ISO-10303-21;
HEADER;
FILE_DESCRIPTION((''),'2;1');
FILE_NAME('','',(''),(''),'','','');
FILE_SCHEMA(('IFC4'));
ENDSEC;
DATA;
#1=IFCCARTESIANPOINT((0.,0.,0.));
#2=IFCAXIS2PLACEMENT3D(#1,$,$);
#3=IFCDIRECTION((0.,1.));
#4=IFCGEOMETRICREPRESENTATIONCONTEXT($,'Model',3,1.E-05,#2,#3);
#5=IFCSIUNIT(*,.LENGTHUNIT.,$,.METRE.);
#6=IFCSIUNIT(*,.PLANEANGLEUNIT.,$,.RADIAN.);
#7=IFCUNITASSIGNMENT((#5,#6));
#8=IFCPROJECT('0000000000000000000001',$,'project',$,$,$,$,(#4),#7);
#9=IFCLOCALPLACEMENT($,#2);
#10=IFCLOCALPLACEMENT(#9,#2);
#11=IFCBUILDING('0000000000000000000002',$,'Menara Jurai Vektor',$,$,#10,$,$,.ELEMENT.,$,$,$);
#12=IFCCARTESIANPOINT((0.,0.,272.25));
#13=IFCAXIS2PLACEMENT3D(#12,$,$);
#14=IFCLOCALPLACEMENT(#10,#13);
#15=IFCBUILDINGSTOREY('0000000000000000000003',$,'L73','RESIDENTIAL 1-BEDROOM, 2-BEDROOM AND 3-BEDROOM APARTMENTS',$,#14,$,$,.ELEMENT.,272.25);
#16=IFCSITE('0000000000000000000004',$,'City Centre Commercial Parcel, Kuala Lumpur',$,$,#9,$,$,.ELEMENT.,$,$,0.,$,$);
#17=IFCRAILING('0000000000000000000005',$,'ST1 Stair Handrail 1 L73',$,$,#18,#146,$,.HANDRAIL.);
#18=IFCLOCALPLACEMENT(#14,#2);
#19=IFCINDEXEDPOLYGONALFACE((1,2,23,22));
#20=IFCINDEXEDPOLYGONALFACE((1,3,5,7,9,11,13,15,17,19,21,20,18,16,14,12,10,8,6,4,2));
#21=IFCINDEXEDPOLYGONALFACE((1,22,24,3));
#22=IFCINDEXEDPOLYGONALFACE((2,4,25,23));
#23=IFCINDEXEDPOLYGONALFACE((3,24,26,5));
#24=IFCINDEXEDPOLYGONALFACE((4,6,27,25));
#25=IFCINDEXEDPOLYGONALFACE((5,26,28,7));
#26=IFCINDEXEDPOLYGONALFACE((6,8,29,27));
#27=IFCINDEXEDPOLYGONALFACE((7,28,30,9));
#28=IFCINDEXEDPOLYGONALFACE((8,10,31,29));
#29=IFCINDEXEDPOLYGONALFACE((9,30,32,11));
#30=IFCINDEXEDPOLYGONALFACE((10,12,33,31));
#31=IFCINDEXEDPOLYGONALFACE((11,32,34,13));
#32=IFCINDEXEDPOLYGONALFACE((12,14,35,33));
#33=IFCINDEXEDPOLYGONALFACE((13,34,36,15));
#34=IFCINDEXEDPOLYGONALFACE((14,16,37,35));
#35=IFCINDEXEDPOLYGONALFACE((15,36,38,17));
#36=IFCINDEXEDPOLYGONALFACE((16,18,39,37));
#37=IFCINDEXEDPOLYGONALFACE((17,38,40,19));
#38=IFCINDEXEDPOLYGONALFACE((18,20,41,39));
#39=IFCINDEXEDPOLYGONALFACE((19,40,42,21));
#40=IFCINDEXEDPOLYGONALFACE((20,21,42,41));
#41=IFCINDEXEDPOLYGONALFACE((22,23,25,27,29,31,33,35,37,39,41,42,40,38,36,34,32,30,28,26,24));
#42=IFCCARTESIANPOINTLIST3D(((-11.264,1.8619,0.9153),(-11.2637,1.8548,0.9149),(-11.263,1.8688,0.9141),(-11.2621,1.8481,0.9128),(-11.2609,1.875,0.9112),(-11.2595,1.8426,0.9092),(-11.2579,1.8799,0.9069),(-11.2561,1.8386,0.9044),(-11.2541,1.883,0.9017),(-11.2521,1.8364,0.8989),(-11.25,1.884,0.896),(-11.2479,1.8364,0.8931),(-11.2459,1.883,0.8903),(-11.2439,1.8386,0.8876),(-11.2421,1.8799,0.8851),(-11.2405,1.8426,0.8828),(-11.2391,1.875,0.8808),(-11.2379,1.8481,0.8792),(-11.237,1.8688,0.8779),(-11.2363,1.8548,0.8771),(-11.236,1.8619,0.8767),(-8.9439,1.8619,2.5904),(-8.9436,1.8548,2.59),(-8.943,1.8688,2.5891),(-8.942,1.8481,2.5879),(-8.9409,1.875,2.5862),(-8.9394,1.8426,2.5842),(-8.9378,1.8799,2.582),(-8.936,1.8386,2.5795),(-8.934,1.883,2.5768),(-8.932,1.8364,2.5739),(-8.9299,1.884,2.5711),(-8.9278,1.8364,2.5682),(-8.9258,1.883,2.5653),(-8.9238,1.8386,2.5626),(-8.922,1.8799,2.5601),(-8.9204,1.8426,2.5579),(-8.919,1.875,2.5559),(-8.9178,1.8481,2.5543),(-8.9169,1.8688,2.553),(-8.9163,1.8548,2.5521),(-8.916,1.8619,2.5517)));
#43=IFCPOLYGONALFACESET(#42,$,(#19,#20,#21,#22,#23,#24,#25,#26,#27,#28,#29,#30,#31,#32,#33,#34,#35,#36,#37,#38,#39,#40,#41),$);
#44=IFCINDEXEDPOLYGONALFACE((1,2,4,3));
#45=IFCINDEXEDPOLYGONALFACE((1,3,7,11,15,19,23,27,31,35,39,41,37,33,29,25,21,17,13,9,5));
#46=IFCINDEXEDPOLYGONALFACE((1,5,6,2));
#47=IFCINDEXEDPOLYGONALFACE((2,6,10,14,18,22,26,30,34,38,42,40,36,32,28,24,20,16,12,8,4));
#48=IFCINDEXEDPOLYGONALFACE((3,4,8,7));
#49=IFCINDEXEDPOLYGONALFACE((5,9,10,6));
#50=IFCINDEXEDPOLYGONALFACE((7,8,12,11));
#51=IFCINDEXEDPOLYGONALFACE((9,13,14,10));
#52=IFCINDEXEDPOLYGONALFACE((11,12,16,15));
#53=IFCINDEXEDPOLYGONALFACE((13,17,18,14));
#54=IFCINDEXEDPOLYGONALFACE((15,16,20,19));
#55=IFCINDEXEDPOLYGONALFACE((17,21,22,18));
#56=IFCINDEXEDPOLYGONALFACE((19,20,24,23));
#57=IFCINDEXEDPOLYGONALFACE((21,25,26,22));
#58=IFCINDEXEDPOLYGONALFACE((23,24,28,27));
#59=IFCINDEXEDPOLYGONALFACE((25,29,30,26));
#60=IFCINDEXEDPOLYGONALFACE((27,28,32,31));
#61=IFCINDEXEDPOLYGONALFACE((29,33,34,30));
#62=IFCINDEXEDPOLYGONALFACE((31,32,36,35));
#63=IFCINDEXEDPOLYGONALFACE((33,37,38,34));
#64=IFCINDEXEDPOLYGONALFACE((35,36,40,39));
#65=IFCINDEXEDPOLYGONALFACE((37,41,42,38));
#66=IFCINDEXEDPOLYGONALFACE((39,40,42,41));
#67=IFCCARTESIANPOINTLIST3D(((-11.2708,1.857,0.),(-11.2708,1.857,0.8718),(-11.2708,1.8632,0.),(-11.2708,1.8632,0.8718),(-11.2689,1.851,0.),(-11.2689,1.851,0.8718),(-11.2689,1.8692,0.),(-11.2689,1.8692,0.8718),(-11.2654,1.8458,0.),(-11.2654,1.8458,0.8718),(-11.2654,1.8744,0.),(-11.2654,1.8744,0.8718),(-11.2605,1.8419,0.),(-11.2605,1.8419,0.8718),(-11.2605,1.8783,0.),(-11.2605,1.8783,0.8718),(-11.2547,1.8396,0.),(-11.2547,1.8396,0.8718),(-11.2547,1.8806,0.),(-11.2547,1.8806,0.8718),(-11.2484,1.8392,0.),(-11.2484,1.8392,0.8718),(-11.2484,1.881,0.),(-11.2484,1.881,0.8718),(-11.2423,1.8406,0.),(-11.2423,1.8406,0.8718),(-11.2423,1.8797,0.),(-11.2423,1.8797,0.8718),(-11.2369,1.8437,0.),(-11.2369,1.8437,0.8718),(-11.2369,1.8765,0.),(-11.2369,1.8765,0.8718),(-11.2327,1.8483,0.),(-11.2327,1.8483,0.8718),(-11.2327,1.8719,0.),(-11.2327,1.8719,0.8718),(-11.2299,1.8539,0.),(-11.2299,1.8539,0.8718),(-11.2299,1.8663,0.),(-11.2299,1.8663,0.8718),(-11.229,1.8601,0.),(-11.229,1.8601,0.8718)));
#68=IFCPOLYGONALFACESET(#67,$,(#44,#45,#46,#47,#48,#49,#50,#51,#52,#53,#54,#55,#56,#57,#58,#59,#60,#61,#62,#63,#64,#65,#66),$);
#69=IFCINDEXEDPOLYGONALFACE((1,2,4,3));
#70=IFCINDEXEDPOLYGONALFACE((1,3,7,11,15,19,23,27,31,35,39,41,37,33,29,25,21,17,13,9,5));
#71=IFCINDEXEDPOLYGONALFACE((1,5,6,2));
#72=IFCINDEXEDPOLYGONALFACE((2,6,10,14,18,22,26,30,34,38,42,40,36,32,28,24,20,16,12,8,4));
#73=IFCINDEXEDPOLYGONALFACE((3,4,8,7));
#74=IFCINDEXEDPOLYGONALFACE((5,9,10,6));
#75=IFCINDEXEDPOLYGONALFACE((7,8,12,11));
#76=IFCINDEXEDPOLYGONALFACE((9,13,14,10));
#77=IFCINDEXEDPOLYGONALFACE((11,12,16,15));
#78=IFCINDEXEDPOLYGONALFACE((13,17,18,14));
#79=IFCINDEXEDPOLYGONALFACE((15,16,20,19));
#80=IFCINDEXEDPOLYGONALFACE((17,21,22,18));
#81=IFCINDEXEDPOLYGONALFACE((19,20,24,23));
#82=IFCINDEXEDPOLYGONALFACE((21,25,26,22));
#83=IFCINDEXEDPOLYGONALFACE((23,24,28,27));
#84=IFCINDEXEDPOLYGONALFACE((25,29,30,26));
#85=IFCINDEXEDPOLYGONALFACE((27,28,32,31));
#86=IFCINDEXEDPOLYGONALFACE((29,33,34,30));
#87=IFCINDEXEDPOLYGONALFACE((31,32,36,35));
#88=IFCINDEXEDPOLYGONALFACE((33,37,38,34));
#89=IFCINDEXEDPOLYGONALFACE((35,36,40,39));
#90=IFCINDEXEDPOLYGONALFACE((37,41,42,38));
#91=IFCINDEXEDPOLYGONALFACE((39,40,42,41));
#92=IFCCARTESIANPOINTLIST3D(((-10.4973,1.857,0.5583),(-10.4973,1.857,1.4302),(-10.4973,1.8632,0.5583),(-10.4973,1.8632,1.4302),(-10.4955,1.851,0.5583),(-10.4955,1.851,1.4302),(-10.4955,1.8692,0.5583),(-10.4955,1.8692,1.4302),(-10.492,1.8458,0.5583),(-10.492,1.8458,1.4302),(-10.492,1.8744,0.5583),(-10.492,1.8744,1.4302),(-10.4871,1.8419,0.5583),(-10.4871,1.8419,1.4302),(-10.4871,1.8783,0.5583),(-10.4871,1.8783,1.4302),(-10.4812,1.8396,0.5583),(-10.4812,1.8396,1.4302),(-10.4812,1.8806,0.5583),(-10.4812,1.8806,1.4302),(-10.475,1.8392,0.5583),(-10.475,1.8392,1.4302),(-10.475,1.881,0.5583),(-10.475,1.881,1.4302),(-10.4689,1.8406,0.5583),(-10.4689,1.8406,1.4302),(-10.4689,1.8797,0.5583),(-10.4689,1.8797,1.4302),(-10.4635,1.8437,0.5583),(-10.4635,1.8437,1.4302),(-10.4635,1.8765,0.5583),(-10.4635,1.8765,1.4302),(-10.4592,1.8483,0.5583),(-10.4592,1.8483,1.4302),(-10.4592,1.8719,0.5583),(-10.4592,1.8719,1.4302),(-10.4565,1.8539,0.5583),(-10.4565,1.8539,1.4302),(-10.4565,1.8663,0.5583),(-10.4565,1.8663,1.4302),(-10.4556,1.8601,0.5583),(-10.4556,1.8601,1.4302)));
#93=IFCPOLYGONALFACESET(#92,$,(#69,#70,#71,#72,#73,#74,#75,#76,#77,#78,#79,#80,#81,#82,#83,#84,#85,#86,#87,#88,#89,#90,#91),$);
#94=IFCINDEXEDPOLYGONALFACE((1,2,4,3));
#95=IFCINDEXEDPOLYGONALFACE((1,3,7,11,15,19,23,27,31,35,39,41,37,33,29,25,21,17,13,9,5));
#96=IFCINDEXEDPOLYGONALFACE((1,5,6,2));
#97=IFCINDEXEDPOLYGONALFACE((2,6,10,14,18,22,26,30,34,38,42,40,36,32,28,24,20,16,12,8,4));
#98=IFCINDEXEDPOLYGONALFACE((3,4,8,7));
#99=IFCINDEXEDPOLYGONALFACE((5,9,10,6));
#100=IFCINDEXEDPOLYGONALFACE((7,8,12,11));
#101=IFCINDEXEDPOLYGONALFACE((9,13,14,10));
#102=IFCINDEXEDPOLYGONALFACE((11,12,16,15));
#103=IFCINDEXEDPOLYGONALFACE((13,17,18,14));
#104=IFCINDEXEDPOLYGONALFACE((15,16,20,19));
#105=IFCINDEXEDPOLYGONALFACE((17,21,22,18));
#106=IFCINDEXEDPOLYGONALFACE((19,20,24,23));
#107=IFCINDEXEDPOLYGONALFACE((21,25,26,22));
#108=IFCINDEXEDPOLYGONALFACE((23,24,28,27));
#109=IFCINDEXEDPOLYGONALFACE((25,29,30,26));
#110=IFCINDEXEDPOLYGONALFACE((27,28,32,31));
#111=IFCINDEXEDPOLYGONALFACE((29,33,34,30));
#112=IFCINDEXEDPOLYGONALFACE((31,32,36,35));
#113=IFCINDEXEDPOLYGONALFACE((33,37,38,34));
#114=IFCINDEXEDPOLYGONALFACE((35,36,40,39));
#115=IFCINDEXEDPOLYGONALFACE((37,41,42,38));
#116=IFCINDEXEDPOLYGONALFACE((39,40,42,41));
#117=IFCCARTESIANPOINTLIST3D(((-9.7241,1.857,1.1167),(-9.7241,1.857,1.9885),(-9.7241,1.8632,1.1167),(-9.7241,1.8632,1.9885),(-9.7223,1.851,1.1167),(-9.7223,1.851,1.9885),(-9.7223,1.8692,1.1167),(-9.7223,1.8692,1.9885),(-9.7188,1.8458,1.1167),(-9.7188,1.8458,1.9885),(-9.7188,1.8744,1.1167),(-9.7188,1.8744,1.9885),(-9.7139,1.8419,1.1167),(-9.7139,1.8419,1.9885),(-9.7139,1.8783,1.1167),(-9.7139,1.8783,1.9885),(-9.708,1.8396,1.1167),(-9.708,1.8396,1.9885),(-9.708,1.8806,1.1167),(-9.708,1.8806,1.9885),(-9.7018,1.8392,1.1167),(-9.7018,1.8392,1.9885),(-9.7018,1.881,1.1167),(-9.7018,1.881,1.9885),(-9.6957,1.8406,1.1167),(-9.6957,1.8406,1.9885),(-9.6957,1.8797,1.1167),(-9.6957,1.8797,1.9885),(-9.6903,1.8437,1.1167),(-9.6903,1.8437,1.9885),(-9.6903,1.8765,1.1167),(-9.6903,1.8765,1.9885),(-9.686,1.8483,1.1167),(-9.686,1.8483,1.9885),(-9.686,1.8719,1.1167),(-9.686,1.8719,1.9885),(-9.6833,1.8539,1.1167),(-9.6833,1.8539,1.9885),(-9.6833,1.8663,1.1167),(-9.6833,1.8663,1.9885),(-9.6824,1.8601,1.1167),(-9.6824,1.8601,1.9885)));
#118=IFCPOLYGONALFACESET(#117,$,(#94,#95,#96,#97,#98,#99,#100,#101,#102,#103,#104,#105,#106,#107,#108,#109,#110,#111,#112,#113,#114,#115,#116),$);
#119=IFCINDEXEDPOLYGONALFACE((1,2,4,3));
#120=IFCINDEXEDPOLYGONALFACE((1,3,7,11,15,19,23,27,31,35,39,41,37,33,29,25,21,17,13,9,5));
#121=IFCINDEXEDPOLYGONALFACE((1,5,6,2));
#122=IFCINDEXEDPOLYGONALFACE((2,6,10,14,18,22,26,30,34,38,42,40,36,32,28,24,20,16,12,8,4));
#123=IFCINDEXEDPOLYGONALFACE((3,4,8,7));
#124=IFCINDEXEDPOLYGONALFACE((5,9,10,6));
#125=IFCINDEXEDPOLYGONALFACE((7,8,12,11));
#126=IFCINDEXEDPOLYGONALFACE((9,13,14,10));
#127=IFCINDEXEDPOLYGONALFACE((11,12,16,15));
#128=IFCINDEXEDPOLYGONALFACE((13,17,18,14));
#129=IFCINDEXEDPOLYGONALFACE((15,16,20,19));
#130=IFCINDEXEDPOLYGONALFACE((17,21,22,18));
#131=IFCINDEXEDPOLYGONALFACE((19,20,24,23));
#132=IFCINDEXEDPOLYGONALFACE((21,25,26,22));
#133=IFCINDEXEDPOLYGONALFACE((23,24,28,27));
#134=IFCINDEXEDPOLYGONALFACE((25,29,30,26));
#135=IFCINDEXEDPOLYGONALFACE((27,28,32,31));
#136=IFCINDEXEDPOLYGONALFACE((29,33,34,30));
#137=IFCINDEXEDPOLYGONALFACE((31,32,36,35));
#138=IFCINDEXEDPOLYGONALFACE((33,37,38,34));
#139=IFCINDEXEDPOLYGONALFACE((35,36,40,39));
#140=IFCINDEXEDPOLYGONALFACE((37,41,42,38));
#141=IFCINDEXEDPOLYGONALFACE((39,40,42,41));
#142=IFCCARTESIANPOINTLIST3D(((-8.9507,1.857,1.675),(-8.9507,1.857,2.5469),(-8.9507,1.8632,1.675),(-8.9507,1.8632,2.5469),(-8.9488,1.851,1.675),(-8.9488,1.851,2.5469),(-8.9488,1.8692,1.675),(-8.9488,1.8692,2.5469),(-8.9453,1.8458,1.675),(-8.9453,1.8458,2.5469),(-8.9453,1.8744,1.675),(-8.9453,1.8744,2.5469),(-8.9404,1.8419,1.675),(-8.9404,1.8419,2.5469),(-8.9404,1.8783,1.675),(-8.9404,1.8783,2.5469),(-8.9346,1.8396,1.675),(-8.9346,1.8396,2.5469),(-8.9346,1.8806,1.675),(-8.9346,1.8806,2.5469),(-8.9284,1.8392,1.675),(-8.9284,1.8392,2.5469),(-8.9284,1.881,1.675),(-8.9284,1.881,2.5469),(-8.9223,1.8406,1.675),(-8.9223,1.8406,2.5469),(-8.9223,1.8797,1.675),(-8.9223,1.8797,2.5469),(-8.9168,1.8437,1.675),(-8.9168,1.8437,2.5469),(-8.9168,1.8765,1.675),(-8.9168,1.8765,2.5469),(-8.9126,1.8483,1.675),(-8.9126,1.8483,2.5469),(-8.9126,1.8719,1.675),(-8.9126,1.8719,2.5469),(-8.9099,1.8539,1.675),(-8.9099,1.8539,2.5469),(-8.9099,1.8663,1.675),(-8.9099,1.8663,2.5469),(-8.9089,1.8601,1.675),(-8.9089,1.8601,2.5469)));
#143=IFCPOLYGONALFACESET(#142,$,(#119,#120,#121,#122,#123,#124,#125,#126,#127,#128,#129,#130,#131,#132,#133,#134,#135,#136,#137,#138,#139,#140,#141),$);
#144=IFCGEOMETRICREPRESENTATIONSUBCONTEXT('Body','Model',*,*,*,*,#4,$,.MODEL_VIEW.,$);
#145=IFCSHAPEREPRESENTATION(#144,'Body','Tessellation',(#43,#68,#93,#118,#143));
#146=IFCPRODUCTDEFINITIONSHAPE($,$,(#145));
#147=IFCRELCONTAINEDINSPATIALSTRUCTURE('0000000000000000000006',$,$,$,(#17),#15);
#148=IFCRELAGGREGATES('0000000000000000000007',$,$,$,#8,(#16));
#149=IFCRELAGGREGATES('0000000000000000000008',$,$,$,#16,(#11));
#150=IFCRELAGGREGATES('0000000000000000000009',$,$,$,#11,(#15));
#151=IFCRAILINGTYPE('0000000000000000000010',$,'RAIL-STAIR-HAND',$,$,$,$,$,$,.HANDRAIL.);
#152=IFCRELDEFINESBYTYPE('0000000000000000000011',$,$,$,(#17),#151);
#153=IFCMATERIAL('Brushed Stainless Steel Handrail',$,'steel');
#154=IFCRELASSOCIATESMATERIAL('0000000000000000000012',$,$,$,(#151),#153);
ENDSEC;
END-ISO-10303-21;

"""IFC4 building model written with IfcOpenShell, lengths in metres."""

from ifc_helpers import new_model, si_unit, direction, frame, origin, origin_2d, place, context, subcontext, project, spatial, circle, extrude, material, type_object, element, save


model = new_model("IFC4")

# Units and contexts
model_context = context("Model", 3, precision=1e-05, world=origin(), true_north=direction((0.0, 1.0)))
body_context = subcontext(model_context, "Body", "Model", "MODEL_VIEW")
ifc_project = project(units=[si_unit("LENGTHUNIT", "METRE"), si_unit("PLANEANGLEUNIT", "RADIAN")], contexts=[model_context])

# Site, building, storey
site_placement = place(None, origin())
site = spatial("IfcSite", under=ifc_project, at=site_placement, Name="City Centre Commercial Parcel, Kuala Lumpur", CompositionType="ELEMENT", RefElevation=0.0)
building_placement = place(site_placement, origin())
building = spatial("IfcBuilding", under=site, at=building_placement, Name="Menara Jurai Vektor", CompositionType="ELEMENT")
storey_placement = place(building_placement, frame((0.0, 0.0, 272.25)))
storey = spatial("IfcBuildingStorey", under=building, at=storey_placement, Name="L73", Description="RESIDENTIAL 1-BEDROOM, 2-BEDROOM AND 3-BEDROOM APARTMENTS", CompositionType="ELEMENT", Elevation=272.25)

# Railing
ifc_material_1 = material(Name="Brushed Stainless Steel Handrail", Category="steel")
railing_type_1 = type_object("IfcRailingType", Name="RAIL-STAIR-HAND", PredefinedType="HANDRAIL", material=ifc_material_1)
railing_1_placement = place(storey_placement, frame((-11.25, 1.8601, 0.0)))
element("IfcRailing", 1, at=railing_1_placement, inside=storey, type_object=railing_type_1, Name="ST1 Stair Handrail 1 L73", PredefinedType="HANDRAIL", context=body_context, shape_type="SweptSolid", body=[
    extrude(circle(Radius=0.0239, at=origin_2d()), frame((0.0, 0.0, 0.896), z_axis=(0.810771, 0.0, 0.585363), x_axis=(0.0, 1.0, 0.0)), (0.0, 0.0, 1.0), 2.8616),
    extrude(circle(Radius=0.021, at=origin_2d()), origin(), (0.0, 0.0, 1.0), 0.8718),
    extrude(circle(Radius=0.021, at=origin_2d()), frame((0.7734, 0.0, 0.5583)), (0.0, 0.0, 1.0), 0.8718),
    extrude(circle(Radius=0.021, at=origin_2d()), frame((1.5466, 0.0, 1.1167)), (0.0, 0.0, 1.0), 0.8718),
    extrude(circle(Radius=0.021, at=origin_2d()), frame((2.3201, 0.0, 1.675)), (0.0, 0.0, 1.0), 0.8718),
])

save(model, "model.ifc")
